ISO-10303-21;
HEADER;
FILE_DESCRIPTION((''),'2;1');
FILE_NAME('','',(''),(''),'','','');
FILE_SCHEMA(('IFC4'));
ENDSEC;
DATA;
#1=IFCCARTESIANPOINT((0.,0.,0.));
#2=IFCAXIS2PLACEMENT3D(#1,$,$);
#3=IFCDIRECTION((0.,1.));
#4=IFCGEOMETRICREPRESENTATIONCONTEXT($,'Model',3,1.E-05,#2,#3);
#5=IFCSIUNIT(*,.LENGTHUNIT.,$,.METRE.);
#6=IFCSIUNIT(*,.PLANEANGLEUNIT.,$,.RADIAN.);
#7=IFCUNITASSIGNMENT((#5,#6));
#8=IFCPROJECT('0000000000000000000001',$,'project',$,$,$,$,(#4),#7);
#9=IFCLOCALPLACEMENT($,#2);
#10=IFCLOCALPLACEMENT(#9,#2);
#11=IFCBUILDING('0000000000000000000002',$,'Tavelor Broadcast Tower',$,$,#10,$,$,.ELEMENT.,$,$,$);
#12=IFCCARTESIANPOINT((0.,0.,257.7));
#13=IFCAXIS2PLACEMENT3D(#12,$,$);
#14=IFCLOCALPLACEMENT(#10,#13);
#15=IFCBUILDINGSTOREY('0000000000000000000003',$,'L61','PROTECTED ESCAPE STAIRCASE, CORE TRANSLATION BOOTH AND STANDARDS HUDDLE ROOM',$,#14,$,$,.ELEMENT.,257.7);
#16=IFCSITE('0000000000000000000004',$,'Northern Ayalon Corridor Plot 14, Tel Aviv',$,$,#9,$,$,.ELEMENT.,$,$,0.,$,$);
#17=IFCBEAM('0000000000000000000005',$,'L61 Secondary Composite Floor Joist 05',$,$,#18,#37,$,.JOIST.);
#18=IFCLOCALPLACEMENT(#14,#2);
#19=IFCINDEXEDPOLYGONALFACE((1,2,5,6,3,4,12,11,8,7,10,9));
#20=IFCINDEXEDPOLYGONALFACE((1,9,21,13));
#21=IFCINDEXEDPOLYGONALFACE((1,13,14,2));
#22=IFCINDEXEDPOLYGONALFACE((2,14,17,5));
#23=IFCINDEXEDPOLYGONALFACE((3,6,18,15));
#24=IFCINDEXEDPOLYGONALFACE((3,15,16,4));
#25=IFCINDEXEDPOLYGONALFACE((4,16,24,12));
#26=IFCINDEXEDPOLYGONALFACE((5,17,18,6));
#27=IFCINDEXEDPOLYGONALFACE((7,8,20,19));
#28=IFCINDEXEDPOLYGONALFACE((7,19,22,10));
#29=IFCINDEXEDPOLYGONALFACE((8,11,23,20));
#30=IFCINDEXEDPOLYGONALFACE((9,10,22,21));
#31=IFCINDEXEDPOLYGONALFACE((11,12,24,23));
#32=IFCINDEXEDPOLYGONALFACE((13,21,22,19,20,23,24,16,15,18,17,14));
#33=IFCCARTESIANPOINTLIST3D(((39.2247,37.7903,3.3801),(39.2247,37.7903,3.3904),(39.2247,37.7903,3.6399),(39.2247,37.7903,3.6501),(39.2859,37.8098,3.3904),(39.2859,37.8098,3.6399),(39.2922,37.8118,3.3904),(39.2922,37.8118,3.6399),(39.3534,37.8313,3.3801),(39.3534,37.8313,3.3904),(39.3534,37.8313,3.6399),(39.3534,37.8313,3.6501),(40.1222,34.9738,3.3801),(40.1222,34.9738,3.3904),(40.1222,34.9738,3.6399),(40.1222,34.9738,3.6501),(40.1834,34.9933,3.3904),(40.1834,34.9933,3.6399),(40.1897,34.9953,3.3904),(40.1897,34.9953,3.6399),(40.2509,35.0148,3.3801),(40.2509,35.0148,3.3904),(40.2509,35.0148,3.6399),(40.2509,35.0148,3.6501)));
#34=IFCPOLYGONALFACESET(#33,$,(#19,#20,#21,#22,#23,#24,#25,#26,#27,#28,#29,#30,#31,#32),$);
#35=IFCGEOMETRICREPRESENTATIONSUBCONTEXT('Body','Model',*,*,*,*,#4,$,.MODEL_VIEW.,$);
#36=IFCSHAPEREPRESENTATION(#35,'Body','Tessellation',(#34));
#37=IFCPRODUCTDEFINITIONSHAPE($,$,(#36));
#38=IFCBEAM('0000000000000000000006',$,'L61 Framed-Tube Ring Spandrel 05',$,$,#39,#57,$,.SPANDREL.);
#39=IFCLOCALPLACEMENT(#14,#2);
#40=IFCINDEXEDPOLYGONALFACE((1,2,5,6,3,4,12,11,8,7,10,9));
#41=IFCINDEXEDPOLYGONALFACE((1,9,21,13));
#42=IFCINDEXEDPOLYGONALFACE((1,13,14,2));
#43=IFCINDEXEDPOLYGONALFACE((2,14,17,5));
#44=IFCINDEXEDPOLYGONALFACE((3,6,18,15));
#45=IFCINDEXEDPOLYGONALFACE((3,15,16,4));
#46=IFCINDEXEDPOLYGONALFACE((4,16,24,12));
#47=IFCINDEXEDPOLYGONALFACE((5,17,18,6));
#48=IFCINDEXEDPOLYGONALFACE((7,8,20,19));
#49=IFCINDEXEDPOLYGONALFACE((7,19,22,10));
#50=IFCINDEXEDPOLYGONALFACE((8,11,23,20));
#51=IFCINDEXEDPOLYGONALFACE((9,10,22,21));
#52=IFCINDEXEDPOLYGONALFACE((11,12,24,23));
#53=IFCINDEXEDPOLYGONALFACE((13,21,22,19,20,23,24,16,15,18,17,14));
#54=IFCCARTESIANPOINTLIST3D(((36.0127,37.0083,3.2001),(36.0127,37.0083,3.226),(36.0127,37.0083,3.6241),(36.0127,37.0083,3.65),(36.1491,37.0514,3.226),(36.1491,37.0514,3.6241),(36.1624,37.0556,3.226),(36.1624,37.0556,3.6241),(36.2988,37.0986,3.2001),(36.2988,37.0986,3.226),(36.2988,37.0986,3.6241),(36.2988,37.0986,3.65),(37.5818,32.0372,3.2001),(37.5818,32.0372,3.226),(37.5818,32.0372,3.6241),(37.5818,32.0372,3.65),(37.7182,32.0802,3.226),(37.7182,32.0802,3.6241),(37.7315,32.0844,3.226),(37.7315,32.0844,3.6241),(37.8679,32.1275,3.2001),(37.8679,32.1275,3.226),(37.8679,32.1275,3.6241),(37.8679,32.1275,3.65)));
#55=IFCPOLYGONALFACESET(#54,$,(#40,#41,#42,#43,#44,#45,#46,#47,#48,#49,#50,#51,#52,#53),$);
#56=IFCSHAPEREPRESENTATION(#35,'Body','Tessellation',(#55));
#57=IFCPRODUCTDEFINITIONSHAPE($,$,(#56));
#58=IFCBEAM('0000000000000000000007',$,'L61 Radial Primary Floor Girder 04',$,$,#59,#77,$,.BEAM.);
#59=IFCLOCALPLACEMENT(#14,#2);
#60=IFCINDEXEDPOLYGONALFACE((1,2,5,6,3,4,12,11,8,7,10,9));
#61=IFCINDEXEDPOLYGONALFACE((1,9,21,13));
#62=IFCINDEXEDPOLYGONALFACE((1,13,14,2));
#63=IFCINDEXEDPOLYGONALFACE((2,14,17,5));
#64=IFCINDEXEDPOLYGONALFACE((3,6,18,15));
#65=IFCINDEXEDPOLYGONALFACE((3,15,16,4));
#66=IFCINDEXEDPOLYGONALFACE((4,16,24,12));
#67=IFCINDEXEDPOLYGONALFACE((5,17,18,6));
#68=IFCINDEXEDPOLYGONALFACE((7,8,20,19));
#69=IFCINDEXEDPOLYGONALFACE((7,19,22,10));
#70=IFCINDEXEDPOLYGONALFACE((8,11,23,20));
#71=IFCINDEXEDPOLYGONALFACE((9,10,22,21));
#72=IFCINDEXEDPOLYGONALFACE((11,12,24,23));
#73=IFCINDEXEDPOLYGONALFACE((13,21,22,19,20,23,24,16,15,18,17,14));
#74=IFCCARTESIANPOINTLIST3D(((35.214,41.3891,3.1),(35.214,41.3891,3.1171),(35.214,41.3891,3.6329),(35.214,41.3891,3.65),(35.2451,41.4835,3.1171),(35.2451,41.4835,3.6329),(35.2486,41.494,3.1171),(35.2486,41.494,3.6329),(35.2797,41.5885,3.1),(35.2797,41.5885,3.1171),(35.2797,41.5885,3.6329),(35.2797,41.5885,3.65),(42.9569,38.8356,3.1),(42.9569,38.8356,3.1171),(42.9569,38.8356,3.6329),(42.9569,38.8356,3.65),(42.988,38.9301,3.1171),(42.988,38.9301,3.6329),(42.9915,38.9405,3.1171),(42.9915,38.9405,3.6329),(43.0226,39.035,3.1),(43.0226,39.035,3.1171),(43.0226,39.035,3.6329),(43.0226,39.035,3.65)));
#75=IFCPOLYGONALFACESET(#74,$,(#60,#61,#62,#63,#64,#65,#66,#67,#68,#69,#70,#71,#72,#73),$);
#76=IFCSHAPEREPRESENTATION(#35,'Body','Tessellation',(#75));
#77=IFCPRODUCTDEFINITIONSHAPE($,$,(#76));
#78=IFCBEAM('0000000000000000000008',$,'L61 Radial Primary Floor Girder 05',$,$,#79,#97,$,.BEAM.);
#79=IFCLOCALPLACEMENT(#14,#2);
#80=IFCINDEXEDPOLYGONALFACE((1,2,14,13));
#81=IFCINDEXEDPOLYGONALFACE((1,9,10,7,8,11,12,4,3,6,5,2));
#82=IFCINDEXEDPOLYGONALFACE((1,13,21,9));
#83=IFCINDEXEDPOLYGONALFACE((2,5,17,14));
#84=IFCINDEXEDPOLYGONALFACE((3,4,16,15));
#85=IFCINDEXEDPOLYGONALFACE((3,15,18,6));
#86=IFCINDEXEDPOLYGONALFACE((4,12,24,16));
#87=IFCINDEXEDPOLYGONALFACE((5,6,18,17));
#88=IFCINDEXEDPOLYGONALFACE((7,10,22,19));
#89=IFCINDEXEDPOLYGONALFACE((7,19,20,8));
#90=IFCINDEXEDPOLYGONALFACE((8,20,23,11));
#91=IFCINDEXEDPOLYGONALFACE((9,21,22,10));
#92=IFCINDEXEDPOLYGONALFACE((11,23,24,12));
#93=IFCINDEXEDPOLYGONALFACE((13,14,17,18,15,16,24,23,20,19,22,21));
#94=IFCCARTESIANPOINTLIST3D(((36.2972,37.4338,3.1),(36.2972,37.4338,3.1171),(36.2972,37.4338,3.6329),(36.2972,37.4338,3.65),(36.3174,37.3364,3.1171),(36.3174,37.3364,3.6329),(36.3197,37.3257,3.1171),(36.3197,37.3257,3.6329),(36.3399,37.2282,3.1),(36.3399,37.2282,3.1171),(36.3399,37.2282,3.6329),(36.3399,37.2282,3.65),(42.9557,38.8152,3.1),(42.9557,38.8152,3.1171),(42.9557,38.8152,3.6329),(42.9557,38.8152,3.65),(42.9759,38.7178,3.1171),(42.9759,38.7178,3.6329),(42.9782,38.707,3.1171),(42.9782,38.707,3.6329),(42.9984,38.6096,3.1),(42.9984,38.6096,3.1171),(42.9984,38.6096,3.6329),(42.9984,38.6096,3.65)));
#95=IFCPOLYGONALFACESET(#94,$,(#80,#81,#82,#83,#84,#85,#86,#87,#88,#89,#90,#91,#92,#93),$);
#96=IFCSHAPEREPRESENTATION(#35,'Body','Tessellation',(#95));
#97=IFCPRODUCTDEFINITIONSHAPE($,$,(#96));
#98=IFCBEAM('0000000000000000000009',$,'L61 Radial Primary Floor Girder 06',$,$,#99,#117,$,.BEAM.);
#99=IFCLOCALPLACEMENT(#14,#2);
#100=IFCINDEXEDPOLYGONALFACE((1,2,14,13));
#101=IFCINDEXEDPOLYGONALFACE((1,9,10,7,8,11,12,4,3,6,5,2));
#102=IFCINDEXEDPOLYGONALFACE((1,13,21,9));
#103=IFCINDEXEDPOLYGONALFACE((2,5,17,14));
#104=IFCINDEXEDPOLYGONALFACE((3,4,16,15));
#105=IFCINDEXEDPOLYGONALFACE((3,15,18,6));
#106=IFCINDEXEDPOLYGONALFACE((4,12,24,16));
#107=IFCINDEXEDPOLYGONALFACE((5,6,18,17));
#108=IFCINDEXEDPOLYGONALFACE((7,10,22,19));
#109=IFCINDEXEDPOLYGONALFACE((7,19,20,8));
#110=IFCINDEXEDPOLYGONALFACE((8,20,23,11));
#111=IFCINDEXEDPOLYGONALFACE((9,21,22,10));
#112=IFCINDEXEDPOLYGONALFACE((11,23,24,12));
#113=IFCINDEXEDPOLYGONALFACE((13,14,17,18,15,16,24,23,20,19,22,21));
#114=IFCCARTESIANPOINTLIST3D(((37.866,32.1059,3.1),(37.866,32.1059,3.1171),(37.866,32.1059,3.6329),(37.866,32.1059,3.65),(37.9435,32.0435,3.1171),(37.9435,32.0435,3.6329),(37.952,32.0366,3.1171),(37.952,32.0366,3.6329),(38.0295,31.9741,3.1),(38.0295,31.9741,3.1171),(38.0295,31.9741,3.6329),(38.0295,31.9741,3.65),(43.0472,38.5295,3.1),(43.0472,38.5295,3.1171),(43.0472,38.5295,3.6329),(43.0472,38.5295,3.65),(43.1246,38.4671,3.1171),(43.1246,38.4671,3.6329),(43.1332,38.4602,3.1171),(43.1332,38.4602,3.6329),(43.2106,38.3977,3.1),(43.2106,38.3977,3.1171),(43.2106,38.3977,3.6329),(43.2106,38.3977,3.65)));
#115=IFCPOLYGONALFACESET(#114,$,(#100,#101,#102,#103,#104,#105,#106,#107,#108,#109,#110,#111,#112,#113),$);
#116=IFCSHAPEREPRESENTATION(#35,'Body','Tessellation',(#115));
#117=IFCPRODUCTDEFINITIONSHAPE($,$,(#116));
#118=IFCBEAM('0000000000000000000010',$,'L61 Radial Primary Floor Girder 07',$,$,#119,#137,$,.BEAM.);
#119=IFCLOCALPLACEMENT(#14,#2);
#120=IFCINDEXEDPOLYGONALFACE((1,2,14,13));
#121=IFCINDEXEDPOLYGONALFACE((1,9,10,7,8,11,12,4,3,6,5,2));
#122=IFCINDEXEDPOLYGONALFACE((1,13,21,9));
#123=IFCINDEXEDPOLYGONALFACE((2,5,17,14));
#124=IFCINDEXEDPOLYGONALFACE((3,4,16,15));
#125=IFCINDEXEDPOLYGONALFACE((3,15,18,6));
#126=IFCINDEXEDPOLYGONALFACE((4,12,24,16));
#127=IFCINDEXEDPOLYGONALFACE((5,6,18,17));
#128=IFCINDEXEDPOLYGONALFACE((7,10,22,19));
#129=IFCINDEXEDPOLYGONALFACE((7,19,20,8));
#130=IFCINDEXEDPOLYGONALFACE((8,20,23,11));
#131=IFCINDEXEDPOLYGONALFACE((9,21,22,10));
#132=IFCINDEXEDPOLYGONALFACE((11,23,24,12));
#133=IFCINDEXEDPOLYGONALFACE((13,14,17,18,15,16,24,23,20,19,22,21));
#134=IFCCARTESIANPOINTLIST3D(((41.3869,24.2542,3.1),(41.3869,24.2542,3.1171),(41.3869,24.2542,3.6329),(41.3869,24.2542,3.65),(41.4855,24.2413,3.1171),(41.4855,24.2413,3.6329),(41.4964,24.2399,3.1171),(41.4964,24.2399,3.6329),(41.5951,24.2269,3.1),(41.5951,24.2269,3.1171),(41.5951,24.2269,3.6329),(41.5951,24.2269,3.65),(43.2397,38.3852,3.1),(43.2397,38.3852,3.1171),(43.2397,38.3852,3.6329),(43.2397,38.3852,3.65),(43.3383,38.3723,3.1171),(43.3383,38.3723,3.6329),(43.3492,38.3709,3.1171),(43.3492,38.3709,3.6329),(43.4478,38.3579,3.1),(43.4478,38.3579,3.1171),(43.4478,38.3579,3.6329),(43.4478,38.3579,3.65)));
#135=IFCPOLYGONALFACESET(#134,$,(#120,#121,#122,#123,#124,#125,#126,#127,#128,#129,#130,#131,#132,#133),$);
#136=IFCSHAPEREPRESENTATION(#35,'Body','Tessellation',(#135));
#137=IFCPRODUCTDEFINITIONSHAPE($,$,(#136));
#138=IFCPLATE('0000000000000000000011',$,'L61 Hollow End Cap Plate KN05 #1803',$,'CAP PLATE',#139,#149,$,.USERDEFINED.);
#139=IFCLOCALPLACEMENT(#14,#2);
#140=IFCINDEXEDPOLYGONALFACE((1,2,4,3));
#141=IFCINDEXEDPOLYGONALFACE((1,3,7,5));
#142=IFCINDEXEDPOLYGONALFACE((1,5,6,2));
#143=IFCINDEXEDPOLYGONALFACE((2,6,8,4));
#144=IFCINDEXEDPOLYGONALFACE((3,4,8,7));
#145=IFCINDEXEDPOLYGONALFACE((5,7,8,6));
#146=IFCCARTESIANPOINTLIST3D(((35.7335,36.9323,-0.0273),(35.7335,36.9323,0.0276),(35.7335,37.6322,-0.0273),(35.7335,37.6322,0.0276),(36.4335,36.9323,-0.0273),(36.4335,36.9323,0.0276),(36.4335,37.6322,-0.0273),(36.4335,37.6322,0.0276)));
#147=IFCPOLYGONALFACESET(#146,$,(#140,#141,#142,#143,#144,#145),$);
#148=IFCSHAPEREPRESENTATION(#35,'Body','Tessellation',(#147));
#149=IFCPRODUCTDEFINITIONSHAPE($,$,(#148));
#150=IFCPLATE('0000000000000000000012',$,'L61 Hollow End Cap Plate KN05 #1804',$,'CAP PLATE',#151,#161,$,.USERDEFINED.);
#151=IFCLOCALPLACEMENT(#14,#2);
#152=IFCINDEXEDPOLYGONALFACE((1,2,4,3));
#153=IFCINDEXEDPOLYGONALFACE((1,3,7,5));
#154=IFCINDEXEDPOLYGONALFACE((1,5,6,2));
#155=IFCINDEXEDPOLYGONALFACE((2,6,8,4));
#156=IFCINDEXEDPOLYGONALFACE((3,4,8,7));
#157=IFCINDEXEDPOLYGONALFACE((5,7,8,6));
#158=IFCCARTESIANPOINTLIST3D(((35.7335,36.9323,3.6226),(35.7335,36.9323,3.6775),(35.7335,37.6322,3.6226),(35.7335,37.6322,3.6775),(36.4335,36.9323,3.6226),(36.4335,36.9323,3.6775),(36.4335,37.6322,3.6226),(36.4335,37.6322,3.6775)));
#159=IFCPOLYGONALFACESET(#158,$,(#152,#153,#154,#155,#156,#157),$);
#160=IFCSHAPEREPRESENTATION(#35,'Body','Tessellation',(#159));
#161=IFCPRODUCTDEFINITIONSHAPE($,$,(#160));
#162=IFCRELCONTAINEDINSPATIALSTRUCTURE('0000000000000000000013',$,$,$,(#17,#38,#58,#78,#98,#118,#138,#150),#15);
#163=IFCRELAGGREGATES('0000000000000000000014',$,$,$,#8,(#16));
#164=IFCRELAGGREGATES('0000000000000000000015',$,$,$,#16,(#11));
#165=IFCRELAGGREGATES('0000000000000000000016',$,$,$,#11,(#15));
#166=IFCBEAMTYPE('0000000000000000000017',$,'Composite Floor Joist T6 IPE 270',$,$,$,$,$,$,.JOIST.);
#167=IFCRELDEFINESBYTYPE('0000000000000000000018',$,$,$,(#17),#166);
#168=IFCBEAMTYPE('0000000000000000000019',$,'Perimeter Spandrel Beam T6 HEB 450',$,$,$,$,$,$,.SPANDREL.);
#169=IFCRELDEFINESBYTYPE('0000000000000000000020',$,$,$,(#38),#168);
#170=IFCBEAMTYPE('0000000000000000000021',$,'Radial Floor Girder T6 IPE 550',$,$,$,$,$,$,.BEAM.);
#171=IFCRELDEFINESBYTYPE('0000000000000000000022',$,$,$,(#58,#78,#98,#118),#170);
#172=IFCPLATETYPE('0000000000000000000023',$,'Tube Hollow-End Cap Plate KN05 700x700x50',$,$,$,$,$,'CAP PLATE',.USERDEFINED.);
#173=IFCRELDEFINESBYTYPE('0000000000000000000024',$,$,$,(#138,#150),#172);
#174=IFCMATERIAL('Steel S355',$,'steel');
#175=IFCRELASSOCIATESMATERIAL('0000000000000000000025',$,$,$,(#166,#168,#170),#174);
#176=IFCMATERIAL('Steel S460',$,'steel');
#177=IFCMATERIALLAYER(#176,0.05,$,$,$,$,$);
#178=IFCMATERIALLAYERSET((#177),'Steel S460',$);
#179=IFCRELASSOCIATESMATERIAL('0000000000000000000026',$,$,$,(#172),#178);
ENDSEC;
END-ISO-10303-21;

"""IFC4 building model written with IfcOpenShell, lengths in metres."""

from ifc_helpers import new_model, si_unit, direction, frame, origin, origin_2d, place, context, subcontext, project, spatial, rectangle, i_section, extrude, source, transform, mapped, material, layer, layer_set, material_profile, profile_set, type_object, type_shapes, element, save


model = new_model("IFC4")

# Units and contexts
model_context = context("Model", 3, precision=1e-05, world=origin(), true_north=direction((0.0, 1.0)))
body_context = subcontext(model_context, "Body", "Model", "MODEL_VIEW")
ifc_project = project(units=[si_unit("LENGTHUNIT", "METRE"), si_unit("PLANEANGLEUNIT", "RADIAN")], contexts=[model_context])

# Site, building, storey
site_placement = place(None, origin())
site = spatial("IfcSite", under=ifc_project, at=site_placement, Name="Northern Ayalon Corridor Plot 14, Tel Aviv", CompositionType="ELEMENT", RefElevation=0.0)
building_placement = place(site_placement, origin())
building = spatial("IfcBuilding", under=site, at=building_placement, Name="Tavelor Broadcast Tower", CompositionType="ELEMENT")
storey_placement = place(building_placement, frame((0.0, 0.0, 257.7)))
storey = spatial("IfcBuildingStorey", under=building, at=storey_placement, Name="L61", Description="PROTECTED ESCAPE STAIRCASE, CORE TRANSLATION BOOTH AND STANDARDS HUDDLE ROOM", CompositionType="ELEMENT", Elevation=257.7)

# Beams
ifc_material_1 = material(Name="Steel S355", Category="steel")
ifc_material_profile_1 = material_profile(ifc_material_1, i_section(OverallWidth=0.135, OverallDepth=0.27, WebThickness=0.0066, FlangeThickness=0.0103, at=origin_2d()), Name="IPE 270")
ifc_profile_set_1 = profile_set([ifc_material_profile_1], Name="Steel S355")
beam_type_1 = type_object("IfcBeamType", Name="Composite Floor Joist T6 IPE 270", PredefinedType="JOIST", material=ifc_profile_set_1)
beam_1_placement = place(storey_placement, frame((39.2891, 37.8108, 3.5151), z_axis=(0.303613, -0.952796, 0.0), x_axis=(0.952796, 0.303613, 0.0)))
element("IfcBeam", 1, at=beam_1_placement, inside=storey, type_object=beam_type_1, Name="L61 Secondary Composite Floor Joist 05", PredefinedType="JOIST", context=body_context, shape_type="SweptSolid", body=[
    extrude(i_section(OverallWidth=0.135, OverallDepth=0.27, WebThickness=0.0066, FlangeThickness=0.0103, at=origin_2d()), origin(), (0.0, 0.0, 1.0), 2.9561),
])
ifc_material_profile_2 = material_profile(ifc_material_1, i_section(OverallWidth=0.3, OverallDepth=0.45, WebThickness=0.0139, FlangeThickness=0.0259, at=origin_2d()), Name="HEB 450")
ifc_profile_set_2 = profile_set([ifc_material_profile_2], Name="Steel S355")
beam_type_2 = type_object("IfcBeamType", Name="Perimeter Spandrel Beam T6 HEB 450", PredefinedType="SPANDREL", material=ifc_profile_set_2)
beam_2_placement = place(storey_placement, frame((36.1558, 37.0535, 3.425), z_axis=(0.300999, -0.953624, 0.0), x_axis=(0.953624, 0.300999, 0.0)))
element("IfcBeam", 2, at=beam_2_placement, inside=storey, type_object=beam_type_2, Name="L61 Framed-Tube Ring Spandrel 05", PredefinedType="SPANDREL", context=body_context, shape_type="SweptSolid", body=[
    extrude(i_section(OverallWidth=0.3, OverallDepth=0.45, WebThickness=0.0139, FlangeThickness=0.0259, at=origin_2d()), origin(), (0.0, 0.0, 1.0), 5.2129),
])
ifc_material_profile_3 = material_profile(ifc_material_1, i_section(OverallWidth=0.21, OverallDepth=0.55, WebThickness=0.011, FlangeThickness=0.0171, at=origin_2d()), Name="IPE 550")
ifc_profile_set_3 = profile_set([ifc_material_profile_3], Name="Steel S355")
beam_type_3 = type_object("IfcBeamType", Name="Radial Floor Girder T6 IPE 550", PredefinedType="BEAM", material=ifc_profile_set_3)
beam_3_placement = place(storey_placement, frame((42.9897, 38.9353, 3.375), z_axis=(-0.949691, 0.31319, 0.0), x_axis=(-0.31319, -0.949691, 0.0)))
element("IfcBeam", 3, at=beam_3_placement, inside=storey, type_object=beam_type_3, Name="L61 Radial Primary Floor Girder 04", PredefinedType="BEAM", context=body_context, shape_type="SweptSolid", body=[
    extrude(i_section(OverallWidth=0.21, OverallDepth=0.55, WebThickness=0.011, FlangeThickness=0.0171, at=origin_2d()), origin(), (0.0, 0.0, 1.0), 8.1531),
])
beam_4_placement = place(storey_placement, frame((42.9771, 38.7124, 3.375), z_axis=(-0.979151, -0.203133, 0.0), x_axis=(0.203133, -0.979151, 0.0)))
element("IfcBeam", 4, at=beam_4_placement, inside=storey, type_object=beam_type_3, Name="L61 Radial Primary Floor Girder 05", PredefinedType="BEAM", context=body_context, shape_type="SweptSolid", body=[
    extrude(i_section(OverallWidth=0.21, OverallDepth=0.55, WebThickness=0.011, FlangeThickness=0.0171, at=origin_2d()), origin(), (0.0, 0.0, 1.0), 6.8003),
])
beam_5_placement = place(storey_placement, frame((43.1289, 38.4636, 3.375), z_axis=(-0.627814, -0.778363, 0.0), x_axis=(0.778363, -0.627814, 0.0)))
element("IfcBeam", 5, at=beam_5_placement, inside=storey, type_object=beam_type_3, Name="L61 Radial Primary Floor Girder 06", PredefinedType="BEAM", context=body_context, shape_type="SweptSolid", body=[
    extrude(i_section(OverallWidth=0.21, OverallDepth=0.55, WebThickness=0.011, FlangeThickness=0.0171, at=origin_2d()), origin(), (0.0, 0.0, 1.0), 8.2527),
])
beam_6_placement = place(storey_placement, frame((43.3438, 38.3716, 3.375), z_axis=(-0.130001, -0.991514, 0.0), x_axis=(0.991514, -0.130001, 0.0)))
element("IfcBeam", 6, at=beam_6_placement, inside=storey, type_object=beam_type_3, Name="L61 Radial Primary Floor Girder 07", PredefinedType="BEAM", context=body_context, shape_type="SweptSolid", body=[
    extrude(i_section(OverallWidth=0.21, OverallDepth=0.55, WebThickness=0.011, FlangeThickness=0.0171, at=origin_2d()), origin(), (0.0, 0.0, 1.0), 14.252),
])

# Plates
ifc_material_2 = material(Name="Steel S460", Category="steel")
ifc_layer_1 = layer(ifc_material_2, 0.05)
ifc_layer_set_1 = layer_set([ifc_layer_1], Name="Steel S460")
plate_type = type_object("IfcPlateType", Name="Tube Hollow-End Cap Plate KN05 700x700x50", ElementType="CAP PLATE", PredefinedType="USERDEFINED", material=ifc_layer_set_1)
shared_shape = source(origin(), body_context, "Body", "SweptSolid", [
    extrude(rectangle(XDim=0.7, YDim=0.7, at=origin_2d()), origin(), (0.0, 0.0, 1.0), 0.0549),
])
type_shapes(plate_type, [shared_shape])
for number, where, z_axis, x_axis, name in (
    (7, (36.0835, 37.2822, -0.0273), (0.0, 0.0, 1.0), (1.0, 0.0, 0.0), "L61 Hollow End Cap Plate KN05 #1803"),
    (8, (36.0835, 37.2822, 3.6226), (0.0, 0.0, 1.0), (1.0, 0.0, 0.0), "L61 Hollow End Cap Plate KN05 #1804"),
):
    element("IfcPlate", number, at=place(storey_placement, frame(where, z_axis=z_axis, x_axis=x_axis)), inside=storey, type_object=plate_type, Name=name, ObjectType="CAP PLATE", PredefinedType="USERDEFINED", context=body_context, shape_type="MappedRepresentation", body=[
        mapped(shared_shape, transform((0.0, 0.0, 0.0), scale=1.0)),
    ])

save(model, "model.ifc")
